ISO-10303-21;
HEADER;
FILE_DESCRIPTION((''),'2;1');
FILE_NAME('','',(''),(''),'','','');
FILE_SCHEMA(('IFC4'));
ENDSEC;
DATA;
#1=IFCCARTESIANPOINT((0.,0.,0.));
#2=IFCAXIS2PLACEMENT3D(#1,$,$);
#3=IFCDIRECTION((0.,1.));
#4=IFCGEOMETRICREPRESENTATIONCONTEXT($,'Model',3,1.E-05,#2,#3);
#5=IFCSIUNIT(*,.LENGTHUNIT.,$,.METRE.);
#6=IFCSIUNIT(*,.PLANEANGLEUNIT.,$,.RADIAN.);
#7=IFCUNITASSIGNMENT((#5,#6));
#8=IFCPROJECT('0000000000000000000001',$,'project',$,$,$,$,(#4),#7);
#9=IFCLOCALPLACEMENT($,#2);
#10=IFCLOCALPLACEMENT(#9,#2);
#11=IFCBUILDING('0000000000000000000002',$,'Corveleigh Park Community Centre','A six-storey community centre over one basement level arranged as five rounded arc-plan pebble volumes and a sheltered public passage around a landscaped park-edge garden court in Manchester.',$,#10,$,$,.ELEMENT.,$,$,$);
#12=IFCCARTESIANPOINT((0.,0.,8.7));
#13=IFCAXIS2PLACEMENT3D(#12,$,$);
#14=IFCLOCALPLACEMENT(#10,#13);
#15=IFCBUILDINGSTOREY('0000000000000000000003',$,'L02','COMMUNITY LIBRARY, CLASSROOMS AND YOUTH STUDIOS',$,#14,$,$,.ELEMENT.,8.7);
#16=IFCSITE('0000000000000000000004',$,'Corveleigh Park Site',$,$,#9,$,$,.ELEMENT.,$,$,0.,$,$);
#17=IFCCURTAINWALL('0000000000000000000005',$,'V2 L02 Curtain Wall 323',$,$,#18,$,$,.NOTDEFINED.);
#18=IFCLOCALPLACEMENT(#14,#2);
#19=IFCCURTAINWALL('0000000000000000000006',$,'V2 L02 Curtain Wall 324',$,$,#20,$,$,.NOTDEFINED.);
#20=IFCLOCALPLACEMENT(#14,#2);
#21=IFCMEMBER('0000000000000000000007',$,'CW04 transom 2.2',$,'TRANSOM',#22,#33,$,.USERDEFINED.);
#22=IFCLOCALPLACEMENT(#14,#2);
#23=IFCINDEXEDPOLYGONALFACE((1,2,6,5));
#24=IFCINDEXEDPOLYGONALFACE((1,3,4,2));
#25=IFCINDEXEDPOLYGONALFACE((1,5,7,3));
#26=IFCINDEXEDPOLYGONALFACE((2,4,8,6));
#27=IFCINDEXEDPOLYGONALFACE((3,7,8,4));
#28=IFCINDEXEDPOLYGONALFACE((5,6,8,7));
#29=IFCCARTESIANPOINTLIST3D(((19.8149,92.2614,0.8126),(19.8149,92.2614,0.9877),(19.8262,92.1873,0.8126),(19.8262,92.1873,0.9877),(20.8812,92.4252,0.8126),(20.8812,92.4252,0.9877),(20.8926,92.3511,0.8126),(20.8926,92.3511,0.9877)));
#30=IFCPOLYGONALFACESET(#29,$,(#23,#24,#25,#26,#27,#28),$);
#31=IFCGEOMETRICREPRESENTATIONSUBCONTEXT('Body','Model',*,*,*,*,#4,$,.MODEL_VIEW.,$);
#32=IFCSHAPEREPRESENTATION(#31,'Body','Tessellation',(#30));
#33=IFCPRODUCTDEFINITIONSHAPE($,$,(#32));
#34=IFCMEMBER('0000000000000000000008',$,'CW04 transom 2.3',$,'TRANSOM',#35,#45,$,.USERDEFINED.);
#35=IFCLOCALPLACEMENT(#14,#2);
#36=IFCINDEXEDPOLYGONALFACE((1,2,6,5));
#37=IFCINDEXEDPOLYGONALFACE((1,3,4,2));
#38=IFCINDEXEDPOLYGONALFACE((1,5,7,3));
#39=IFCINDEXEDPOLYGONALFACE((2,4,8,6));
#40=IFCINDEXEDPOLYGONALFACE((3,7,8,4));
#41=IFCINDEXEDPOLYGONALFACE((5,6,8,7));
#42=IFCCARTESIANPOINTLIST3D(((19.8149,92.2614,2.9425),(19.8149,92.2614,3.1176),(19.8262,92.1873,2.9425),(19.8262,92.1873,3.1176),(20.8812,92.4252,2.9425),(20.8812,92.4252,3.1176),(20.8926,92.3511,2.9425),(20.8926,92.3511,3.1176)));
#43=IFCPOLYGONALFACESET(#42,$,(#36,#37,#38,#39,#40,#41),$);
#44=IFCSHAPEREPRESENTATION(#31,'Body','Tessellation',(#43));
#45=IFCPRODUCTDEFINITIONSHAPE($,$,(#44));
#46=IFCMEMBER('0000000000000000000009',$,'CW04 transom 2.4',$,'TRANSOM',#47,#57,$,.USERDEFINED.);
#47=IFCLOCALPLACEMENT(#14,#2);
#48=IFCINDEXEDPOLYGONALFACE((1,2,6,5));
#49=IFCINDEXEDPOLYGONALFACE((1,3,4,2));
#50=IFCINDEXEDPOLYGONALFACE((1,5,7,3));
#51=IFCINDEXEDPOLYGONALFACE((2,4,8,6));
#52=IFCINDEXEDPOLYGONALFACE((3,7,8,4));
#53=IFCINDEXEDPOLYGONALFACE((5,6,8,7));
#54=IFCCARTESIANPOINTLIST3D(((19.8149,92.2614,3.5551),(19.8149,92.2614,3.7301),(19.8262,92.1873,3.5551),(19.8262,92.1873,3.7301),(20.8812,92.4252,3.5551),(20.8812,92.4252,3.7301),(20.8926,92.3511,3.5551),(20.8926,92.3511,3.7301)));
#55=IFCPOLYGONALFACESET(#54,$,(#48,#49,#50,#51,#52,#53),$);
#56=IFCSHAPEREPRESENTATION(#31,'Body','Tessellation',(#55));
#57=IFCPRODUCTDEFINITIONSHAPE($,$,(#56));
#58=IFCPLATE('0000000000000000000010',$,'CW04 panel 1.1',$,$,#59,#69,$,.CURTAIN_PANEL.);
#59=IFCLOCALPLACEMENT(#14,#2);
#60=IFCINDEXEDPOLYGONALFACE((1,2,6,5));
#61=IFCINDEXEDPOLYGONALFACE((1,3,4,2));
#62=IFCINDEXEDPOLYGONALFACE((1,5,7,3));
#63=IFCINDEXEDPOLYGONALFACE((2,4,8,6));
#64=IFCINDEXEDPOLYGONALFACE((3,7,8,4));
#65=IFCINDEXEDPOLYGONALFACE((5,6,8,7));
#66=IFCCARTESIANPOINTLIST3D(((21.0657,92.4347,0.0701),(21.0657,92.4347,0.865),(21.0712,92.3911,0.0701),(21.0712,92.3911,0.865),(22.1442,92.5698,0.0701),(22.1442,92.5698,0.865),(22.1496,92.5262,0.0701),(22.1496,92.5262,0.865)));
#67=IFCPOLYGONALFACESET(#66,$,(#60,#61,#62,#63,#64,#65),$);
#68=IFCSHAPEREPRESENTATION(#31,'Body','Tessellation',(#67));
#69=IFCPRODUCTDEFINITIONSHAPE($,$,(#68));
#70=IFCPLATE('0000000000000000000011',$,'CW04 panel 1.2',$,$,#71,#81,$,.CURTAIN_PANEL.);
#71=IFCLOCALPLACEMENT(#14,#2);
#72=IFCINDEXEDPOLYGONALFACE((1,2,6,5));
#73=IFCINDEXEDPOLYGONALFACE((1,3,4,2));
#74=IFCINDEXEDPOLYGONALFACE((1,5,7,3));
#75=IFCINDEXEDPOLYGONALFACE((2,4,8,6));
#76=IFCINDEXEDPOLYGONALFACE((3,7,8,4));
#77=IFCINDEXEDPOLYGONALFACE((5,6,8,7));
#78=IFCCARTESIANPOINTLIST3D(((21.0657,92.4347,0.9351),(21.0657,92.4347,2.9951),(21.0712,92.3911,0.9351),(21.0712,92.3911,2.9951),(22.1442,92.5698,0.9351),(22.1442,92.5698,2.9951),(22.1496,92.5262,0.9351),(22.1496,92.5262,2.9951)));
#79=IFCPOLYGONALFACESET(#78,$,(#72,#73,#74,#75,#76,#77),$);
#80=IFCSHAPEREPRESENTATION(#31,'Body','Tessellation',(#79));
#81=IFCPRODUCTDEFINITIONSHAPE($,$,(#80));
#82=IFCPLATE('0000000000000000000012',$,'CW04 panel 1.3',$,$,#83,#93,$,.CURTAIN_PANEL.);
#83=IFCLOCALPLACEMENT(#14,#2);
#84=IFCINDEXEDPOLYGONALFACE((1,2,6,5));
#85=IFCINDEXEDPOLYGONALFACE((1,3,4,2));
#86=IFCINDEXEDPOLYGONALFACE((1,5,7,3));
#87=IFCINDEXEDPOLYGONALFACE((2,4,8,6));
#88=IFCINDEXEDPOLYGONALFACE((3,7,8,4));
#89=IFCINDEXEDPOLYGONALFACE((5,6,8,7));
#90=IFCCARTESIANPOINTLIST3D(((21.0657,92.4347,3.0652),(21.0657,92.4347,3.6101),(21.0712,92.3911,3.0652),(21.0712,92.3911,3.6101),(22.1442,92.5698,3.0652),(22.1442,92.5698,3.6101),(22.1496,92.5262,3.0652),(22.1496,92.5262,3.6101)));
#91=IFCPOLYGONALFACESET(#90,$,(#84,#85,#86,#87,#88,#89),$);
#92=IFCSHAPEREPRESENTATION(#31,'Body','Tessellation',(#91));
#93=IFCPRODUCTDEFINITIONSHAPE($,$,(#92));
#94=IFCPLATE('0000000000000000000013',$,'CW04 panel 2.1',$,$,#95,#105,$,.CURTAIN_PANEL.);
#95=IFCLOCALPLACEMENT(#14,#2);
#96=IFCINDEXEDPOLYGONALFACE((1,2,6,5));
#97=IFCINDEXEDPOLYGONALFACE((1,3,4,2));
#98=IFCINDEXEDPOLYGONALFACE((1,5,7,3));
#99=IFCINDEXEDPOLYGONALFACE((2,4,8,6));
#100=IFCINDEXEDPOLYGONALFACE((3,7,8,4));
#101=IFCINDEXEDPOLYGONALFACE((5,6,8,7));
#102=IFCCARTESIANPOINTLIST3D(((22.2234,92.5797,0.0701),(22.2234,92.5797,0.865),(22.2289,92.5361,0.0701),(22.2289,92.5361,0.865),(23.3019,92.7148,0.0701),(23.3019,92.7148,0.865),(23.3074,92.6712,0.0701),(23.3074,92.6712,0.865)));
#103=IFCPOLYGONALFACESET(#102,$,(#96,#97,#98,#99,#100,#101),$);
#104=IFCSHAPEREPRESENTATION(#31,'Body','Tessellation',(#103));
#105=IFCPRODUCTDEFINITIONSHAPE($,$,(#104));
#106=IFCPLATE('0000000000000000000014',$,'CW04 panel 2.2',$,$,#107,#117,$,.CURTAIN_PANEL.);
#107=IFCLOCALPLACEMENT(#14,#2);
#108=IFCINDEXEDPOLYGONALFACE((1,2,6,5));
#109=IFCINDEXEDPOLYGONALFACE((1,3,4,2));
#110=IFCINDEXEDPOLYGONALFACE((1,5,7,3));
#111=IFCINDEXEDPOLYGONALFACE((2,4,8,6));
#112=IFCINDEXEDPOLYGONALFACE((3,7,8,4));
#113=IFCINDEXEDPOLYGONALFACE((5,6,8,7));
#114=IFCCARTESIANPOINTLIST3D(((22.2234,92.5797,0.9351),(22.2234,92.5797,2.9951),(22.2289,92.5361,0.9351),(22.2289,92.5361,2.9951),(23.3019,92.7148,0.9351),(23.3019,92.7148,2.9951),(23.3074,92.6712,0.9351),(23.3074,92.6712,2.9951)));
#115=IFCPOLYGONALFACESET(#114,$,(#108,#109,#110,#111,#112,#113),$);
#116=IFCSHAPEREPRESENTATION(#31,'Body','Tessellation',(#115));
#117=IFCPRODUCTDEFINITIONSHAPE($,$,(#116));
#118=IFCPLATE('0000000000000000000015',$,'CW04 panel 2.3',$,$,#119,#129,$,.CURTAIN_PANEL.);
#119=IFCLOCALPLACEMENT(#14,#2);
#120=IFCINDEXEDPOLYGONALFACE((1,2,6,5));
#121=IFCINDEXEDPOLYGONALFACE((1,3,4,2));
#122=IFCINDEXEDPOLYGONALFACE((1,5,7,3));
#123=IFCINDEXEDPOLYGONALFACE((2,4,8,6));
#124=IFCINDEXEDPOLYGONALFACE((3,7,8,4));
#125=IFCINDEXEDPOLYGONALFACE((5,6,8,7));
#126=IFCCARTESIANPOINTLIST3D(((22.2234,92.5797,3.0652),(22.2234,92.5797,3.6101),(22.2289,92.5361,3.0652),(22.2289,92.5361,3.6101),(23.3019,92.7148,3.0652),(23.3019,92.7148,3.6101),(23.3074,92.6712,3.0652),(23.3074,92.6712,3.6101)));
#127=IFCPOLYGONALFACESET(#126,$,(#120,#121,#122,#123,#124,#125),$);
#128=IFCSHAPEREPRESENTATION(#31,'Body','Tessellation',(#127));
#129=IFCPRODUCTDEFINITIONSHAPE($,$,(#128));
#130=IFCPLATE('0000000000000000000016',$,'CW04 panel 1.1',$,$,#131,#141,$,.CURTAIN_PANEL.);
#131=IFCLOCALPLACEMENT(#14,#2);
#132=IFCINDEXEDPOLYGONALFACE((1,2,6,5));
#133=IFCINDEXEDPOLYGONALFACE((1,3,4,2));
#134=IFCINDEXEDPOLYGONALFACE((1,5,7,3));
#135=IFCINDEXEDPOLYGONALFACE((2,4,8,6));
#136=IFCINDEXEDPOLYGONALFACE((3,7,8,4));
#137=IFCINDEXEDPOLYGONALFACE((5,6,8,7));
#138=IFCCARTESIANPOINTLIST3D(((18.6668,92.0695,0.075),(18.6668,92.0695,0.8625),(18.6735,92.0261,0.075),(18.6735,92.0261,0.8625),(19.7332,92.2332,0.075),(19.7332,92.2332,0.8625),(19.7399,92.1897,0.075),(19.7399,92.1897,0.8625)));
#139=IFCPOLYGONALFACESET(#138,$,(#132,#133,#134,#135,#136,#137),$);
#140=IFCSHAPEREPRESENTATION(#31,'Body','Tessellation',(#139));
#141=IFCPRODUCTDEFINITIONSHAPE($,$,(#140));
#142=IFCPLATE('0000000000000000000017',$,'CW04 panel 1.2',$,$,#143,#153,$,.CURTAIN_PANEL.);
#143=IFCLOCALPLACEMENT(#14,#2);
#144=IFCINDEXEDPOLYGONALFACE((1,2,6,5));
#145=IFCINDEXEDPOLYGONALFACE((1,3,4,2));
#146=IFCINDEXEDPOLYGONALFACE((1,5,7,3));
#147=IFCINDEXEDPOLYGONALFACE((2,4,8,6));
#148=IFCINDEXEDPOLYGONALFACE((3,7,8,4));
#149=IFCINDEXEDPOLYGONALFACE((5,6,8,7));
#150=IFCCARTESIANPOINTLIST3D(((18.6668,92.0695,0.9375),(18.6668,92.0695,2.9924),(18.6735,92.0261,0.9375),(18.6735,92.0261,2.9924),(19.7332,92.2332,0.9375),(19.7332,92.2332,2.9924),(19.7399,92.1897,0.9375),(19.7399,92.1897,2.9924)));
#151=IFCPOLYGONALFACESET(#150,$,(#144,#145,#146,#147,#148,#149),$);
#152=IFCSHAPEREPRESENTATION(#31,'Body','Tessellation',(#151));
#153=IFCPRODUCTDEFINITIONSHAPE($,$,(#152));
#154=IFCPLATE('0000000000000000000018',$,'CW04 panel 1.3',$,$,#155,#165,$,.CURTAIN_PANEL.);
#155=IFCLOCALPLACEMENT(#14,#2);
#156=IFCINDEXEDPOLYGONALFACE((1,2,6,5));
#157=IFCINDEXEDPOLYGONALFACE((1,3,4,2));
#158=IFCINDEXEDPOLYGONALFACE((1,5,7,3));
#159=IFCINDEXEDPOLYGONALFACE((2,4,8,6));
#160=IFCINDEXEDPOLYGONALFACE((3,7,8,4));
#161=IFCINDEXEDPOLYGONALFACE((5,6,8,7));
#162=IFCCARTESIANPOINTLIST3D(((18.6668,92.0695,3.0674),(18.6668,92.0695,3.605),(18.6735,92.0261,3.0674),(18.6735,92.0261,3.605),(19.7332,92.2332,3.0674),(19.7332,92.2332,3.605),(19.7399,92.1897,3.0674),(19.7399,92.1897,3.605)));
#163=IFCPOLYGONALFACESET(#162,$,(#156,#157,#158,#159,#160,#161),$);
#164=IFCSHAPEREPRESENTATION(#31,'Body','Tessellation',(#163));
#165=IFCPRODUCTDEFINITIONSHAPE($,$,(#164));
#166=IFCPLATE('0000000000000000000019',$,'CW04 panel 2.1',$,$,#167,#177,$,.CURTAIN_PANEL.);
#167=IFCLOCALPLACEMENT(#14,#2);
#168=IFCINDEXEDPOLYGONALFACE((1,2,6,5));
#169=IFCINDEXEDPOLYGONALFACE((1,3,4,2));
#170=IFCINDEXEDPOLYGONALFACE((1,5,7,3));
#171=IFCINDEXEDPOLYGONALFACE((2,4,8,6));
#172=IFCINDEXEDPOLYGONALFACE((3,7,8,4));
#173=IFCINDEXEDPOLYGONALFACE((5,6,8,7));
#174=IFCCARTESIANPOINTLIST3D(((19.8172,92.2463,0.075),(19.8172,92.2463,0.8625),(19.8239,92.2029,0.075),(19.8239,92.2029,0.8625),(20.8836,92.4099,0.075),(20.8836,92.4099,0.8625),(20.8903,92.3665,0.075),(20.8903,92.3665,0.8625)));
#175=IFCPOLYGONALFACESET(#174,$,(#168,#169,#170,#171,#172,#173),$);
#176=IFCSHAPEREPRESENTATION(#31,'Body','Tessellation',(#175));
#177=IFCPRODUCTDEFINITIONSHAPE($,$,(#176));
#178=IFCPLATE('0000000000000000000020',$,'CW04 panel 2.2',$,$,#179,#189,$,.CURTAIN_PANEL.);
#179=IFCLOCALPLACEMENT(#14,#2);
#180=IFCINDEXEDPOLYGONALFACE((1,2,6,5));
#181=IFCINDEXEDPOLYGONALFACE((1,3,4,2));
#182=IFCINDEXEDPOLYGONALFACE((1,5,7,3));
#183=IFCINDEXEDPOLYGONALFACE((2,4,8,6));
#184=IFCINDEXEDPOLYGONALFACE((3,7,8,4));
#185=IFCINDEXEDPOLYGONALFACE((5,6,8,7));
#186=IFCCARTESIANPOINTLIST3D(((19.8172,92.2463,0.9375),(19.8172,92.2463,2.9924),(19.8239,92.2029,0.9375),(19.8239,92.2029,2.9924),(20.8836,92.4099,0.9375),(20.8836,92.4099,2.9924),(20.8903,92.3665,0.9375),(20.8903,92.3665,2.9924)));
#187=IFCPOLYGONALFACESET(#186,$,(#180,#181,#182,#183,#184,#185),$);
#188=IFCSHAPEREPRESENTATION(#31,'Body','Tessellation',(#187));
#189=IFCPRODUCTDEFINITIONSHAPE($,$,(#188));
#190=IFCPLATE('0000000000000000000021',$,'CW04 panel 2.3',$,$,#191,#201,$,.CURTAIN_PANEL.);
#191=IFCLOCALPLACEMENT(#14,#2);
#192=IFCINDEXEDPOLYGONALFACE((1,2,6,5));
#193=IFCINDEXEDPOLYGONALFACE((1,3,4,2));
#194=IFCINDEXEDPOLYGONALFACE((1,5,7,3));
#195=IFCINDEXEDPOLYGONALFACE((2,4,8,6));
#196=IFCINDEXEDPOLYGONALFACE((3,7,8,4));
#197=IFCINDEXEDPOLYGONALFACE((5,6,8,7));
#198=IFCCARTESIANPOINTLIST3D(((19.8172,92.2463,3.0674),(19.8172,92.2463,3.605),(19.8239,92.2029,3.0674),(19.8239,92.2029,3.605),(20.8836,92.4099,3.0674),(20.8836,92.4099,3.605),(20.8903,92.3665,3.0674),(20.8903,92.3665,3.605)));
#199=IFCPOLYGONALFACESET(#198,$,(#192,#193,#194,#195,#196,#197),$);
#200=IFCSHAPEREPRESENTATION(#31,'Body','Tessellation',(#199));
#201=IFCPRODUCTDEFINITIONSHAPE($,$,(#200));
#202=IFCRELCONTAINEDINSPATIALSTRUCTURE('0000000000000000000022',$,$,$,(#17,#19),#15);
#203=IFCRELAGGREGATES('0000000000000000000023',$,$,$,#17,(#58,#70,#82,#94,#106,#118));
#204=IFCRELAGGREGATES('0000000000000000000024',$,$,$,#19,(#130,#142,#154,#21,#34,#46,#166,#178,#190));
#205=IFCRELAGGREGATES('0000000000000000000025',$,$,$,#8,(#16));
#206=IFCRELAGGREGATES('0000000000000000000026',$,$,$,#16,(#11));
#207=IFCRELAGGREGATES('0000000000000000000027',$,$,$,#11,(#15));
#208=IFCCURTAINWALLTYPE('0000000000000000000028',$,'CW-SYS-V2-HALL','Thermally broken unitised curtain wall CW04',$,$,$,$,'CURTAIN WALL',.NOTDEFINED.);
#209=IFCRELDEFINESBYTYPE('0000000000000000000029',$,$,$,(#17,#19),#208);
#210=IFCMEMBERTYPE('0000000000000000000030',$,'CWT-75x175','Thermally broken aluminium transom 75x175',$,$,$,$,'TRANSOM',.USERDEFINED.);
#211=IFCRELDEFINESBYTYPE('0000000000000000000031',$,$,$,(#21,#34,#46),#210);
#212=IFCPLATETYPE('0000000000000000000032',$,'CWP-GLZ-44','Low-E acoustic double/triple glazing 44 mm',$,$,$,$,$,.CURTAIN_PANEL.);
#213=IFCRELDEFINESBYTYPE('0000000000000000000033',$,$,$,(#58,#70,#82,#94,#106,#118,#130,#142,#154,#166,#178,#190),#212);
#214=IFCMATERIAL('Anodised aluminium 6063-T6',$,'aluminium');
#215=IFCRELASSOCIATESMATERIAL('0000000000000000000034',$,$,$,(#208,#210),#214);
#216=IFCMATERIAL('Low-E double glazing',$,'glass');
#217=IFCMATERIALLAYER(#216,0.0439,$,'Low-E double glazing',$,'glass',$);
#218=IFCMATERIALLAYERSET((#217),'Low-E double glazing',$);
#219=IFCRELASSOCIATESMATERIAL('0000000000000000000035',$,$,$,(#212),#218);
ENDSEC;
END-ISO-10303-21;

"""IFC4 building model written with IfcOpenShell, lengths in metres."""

from ifc_helpers import new_model, si_unit, direction, frame, origin, origin_2d, place, context, subcontext, project, spatial, rectangle, extrude, material, layer, layer_set, material_profile, profile_set, type_object, element, aggregate, save


model = new_model("IFC4")

# Units and contexts
model_context = context("Model", 3, precision=1e-05, world=origin(), true_north=direction((0.0, 1.0)))
body_context = subcontext(model_context, "Body", "Model", "MODEL_VIEW")
ifc_project = project(units=[si_unit("LENGTHUNIT", "METRE"), si_unit("PLANEANGLEUNIT", "RADIAN")], contexts=[model_context])

# Site, building, storey
site_placement = place(None, origin())
site = spatial("IfcSite", under=ifc_project, at=site_placement, Name="Corveleigh Park Site", CompositionType="ELEMENT", RefElevation=0.0)
building_placement = place(site_placement, origin())
building = spatial("IfcBuilding", under=site, at=building_placement, Name="Corveleigh Park Community Centre", Description="A six-storey community centre over one basement level arranged as five rounded arc-plan pebble volumes and a sheltered public passage around a landscaped park-edge garden court in Manchester.", CompositionType="ELEMENT")
storey_placement = place(building_placement, frame((0.0, 0.0, 8.7)))
storey = spatial("IfcBuildingStorey", under=building, at=storey_placement, Name="L02", Description="COMMUNITY LIBRARY, CLASSROOMS AND YOUTH STUDIOS", CompositionType="ELEMENT", Elevation=8.7)

# Curtain walls
ifc_material_1 = material(Name="Anodised aluminium 6063-T6", Category="aluminium")
curtain_wall_type = type_object("IfcCurtainWallType", Name="CW-SYS-V2-HALL", Description="Thermally broken unitised curtain wall CW04", ElementType="CURTAIN WALL", PredefinedType="NOTDEFINED", material=ifc_material_1)
curtain_wall_1_placement = place(storey_placement, origin())
curtain_wall_1 = element("IfcCurtainWall", 1, at=curtain_wall_1_placement, inside=storey, type_object=curtain_wall_type, Name="V2 L02 Curtain Wall 323", PredefinedType="NOTDEFINED")
curtain_wall_2_placement = place(storey_placement, origin())
curtain_wall_2 = element("IfcCurtainWall", 2, at=curtain_wall_2_placement, inside=storey, type_object=curtain_wall_type, Name="V2 L02 Curtain Wall 324", PredefinedType="NOTDEFINED")

# Members
ifc_material_profile_1 = material_profile(ifc_material_1, rectangle(XDim=0.075, YDim=0.175, at=origin_2d()), Name="ALU-T75x175", Category="aluminium")
ifc_profile_set_1 = profile_set([ifc_material_profile_1], Name="Anodised aluminium 6063-T6")
member_type_1 = type_object("IfcMemberType", Name="CWT-75x175", Description="Thermally broken aluminium transom 75x175", ElementType="TRANSOM", PredefinedType="USERDEFINED", material=ifc_profile_set_1)
member_1_placement = place(storey_placement, frame((19.8206, 92.2244, 0.9001), z_axis=(0.988406, 0.151836, 0.0), x_axis=(-0.151836, 0.988406, 0.0)))
member_1 = element("IfcMember", 3, at=member_1_placement, type_object=member_type_1, Name="CW04 transom 2.2", ObjectType="TRANSOM", PredefinedType="USERDEFINED", context=body_context, shape_type="SweptSolid", body=[
    extrude(rectangle(XDim=0.075, YDim=0.175, at=origin_2d()), origin(), (0.0, 0.0, 1.0), 1.0789),
])
member_2_placement = place(storey_placement, frame((19.8206, 92.2244, 3.03), z_axis=(0.988406, 0.151836, 0.0), x_axis=(-0.151836, 0.988406, 0.0)))
member_2 = element("IfcMember", 4, at=member_2_placement, type_object=member_type_1, Name="CW04 transom 2.3", ObjectType="TRANSOM", PredefinedType="USERDEFINED", context=body_context, shape_type="SweptSolid", body=[
    extrude(rectangle(XDim=0.075, YDim=0.175, at=origin_2d()), origin(), (0.0, 0.0, 1.0), 1.0789),
])
member_3_placement = place(storey_placement, frame((19.8206, 92.2244, 3.6426), z_axis=(0.988406, 0.151836, 0.0), x_axis=(-0.151836, 0.988406, 0.0)))
member_3 = element("IfcMember", 5, at=member_3_placement, type_object=member_type_1, Name="CW04 transom 2.4", ObjectType="TRANSOM", PredefinedType="USERDEFINED", context=body_context, shape_type="SweptSolid", body=[
    extrude(rectangle(XDim=0.075, YDim=0.175, at=origin_2d()), origin(), (0.0, 0.0, 1.0), 1.0789),
])

# Plates
ifc_material_2 = material(Name="Low-E double glazing", Category="glass")
ifc_layer = layer(ifc_material_2, 0.0439, Name="Low-E double glazing", Category="glass")
ifc_layer_set = layer_set([ifc_layer], Name="Low-E double glazing")
plate_type = type_object("IfcPlateType", Name="CWP-GLZ-44", Description="Low-E acoustic double/triple glazing 44 mm", PredefinedType="CURTAIN_PANEL", material=ifc_layer_set)
plate_1_placement = place(storey_placement, frame((21.6077, 92.4805, 0.0701), z_axis=(0.0, 0.0, 1.0), x_axis=(0.992246, 0.12429, 0.0)))
plate_1 = element("IfcPlate", 6, at=plate_1_placement, type_object=plate_type, Name="CW04 panel 1.1", PredefinedType="CURTAIN_PANEL", context=body_context, shape_type="SweptSolid", body=[
    extrude(rectangle(XDim=1.0869, YDim=0.0439, at=origin_2d()), origin(), (0.0, 0.0, 1.0), 0.7949),
])
plate_2_placement = place(storey_placement, frame((21.6077, 92.4805, 0.9351), z_axis=(0.0, 0.0, 1.0), x_axis=(0.992246, 0.12429, 0.0)))
plate_2 = element("IfcPlate", 7, at=plate_2_placement, type_object=plate_type, Name="CW04 panel 1.2", PredefinedType="CURTAIN_PANEL", context=body_context, shape_type="SweptSolid", body=[
    extrude(rectangle(XDim=1.0869, YDim=0.0439, at=origin_2d()), origin(), (0.0, 0.0, 1.0), 2.0601),
])
plate_3_placement = place(storey_placement, frame((21.6077, 92.4805, 3.0652), z_axis=(0.0, 0.0, 1.0), x_axis=(0.992246, 0.12429, 0.0)))
plate_3 = element("IfcPlate", 8, at=plate_3_placement, type_object=plate_type, Name="CW04 panel 1.3", PredefinedType="CURTAIN_PANEL", context=body_context, shape_type="SweptSolid", body=[
    extrude(rectangle(XDim=1.0869, YDim=0.0439, at=origin_2d()), origin(), (0.0, 0.0, 1.0), 0.5449),
])
plate_4_placement = place(storey_placement, frame((22.7654, 92.6255, 0.0701), z_axis=(0.0, 0.0, 1.0), x_axis=(0.992246, 0.12429, 0.0)))
plate_4 = element("IfcPlate", 9, at=plate_4_placement, type_object=plate_type, Name="CW04 panel 2.1", PredefinedType="CURTAIN_PANEL", context=body_context, shape_type="SweptSolid", body=[
    extrude(rectangle(XDim=1.0869, YDim=0.0439, at=origin_2d()), origin(), (0.0, 0.0, 1.0), 0.7949),
])
plate_5_placement = place(storey_placement, frame((22.7654, 92.6255, 0.9351), z_axis=(0.0, 0.0, 1.0), x_axis=(0.992246, 0.12429, 0.0)))
plate_5 = element("IfcPlate", 10, at=plate_5_placement, type_object=plate_type, Name="CW04 panel 2.2", PredefinedType="CURTAIN_PANEL", context=body_context, shape_type="SweptSolid", body=[
    extrude(rectangle(XDim=1.0869, YDim=0.0439, at=origin_2d()), origin(), (0.0, 0.0, 1.0), 2.0601),
])
plate_6_placement = place(storey_placement, frame((22.7654, 92.6255, 3.0652), z_axis=(0.0, 0.0, 1.0), x_axis=(0.992246, 0.12429, 0.0)))
plate_6 = element("IfcPlate", 11, at=plate_6_placement, type_object=plate_type, Name="CW04 panel 2.3", PredefinedType="CURTAIN_PANEL", context=body_context, shape_type="SweptSolid", body=[
    extrude(rectangle(XDim=1.0869, YDim=0.0439, at=origin_2d()), origin(), (0.0, 0.0, 1.0), 0.5449),
])
aggregate(curtain_wall_1, [plate_1, plate_2, plate_3, plate_4, plate_5, plate_6])
plate_7_placement = place(storey_placement, frame((19.2034, 92.1296, 0.075), z_axis=(0.0, 0.0, 1.0), x_axis=(0.988429, 0.151683, 0.0)))
plate_7 = element("IfcPlate", 12, at=plate_7_placement, type_object=plate_type, Name="CW04 panel 1.1", PredefinedType="CURTAIN_PANEL", context=body_context, shape_type="SweptSolid", body=[
    extrude(rectangle(XDim=1.0789, YDim=0.0439, at=origin_2d()), origin(), (0.0, 0.0, 1.0), 0.7876),
])
plate_8_placement = place(storey_placement, frame((19.2034, 92.1296, 0.9375), z_axis=(0.0, 0.0, 1.0), x_axis=(0.988429, 0.151683, 0.0)))
plate_8 = element("IfcPlate", 13, at=plate_8_placement, type_object=plate_type, Name="CW04 panel 1.2", PredefinedType="CURTAIN_PANEL", context=body_context, shape_type="SweptSolid", body=[
    extrude(rectangle(XDim=1.0789, YDim=0.0439, at=origin_2d()), origin(), (0.0, 0.0, 1.0), 2.0549),
])
plate_9_placement = place(storey_placement, frame((19.2034, 92.1296, 3.0674), z_axis=(0.0, 0.0, 1.0), x_axis=(0.988429, 0.151683, 0.0)))
plate_9 = element("IfcPlate", 14, at=plate_9_placement, type_object=plate_type, Name="CW04 panel 1.3", PredefinedType="CURTAIN_PANEL", context=body_context, shape_type="SweptSolid", body=[
    extrude(rectangle(XDim=1.0789, YDim=0.0439, at=origin_2d()), origin(), (0.0, 0.0, 1.0), 0.5376),
])
plate_10_placement = place(storey_placement, frame((20.3538, 92.3064, 0.075), z_axis=(0.0, 0.0, 1.0), x_axis=(0.988429, 0.151683, 0.0)))
plate_10 = element("IfcPlate", 15, at=plate_10_placement, type_object=plate_type, Name="CW04 panel 2.1", PredefinedType="CURTAIN_PANEL", context=body_context, shape_type="SweptSolid", body=[
    extrude(rectangle(XDim=1.0789, YDim=0.0439, at=origin_2d()), origin(), (0.0, 0.0, 1.0), 0.7876),
])
plate_11_placement = place(storey_placement, frame((20.3538, 92.3064, 0.9375), z_axis=(0.0, 0.0, 1.0), x_axis=(0.988429, 0.151683, 0.0)))
plate_11 = element("IfcPlate", 16, at=plate_11_placement, type_object=plate_type, Name="CW04 panel 2.2", PredefinedType="CURTAIN_PANEL", context=body_context, shape_type="SweptSolid", body=[
    extrude(rectangle(XDim=1.0789, YDim=0.0439, at=origin_2d()), origin(), (0.0, 0.0, 1.0), 2.0549),
])
plate_12_placement = place(storey_placement, frame((20.3538, 92.3064, 3.0674), z_axis=(0.0, 0.0, 1.0), x_axis=(0.988429, 0.151683, 0.0)))
plate_12 = element("IfcPlate", 17, at=plate_12_placement, type_object=plate_type, Name="CW04 panel 2.3", PredefinedType="CURTAIN_PANEL", context=body_context, shape_type="SweptSolid", body=[
    extrude(rectangle(XDim=1.0789, YDim=0.0439, at=origin_2d()), origin(), (0.0, 0.0, 1.0), 0.5376),
])
aggregate(curtain_wall_2, [plate_7, plate_8, plate_9, member_1, member_2, member_3, plate_10, plate_11, plate_12])

save(model, "model.ifc")
